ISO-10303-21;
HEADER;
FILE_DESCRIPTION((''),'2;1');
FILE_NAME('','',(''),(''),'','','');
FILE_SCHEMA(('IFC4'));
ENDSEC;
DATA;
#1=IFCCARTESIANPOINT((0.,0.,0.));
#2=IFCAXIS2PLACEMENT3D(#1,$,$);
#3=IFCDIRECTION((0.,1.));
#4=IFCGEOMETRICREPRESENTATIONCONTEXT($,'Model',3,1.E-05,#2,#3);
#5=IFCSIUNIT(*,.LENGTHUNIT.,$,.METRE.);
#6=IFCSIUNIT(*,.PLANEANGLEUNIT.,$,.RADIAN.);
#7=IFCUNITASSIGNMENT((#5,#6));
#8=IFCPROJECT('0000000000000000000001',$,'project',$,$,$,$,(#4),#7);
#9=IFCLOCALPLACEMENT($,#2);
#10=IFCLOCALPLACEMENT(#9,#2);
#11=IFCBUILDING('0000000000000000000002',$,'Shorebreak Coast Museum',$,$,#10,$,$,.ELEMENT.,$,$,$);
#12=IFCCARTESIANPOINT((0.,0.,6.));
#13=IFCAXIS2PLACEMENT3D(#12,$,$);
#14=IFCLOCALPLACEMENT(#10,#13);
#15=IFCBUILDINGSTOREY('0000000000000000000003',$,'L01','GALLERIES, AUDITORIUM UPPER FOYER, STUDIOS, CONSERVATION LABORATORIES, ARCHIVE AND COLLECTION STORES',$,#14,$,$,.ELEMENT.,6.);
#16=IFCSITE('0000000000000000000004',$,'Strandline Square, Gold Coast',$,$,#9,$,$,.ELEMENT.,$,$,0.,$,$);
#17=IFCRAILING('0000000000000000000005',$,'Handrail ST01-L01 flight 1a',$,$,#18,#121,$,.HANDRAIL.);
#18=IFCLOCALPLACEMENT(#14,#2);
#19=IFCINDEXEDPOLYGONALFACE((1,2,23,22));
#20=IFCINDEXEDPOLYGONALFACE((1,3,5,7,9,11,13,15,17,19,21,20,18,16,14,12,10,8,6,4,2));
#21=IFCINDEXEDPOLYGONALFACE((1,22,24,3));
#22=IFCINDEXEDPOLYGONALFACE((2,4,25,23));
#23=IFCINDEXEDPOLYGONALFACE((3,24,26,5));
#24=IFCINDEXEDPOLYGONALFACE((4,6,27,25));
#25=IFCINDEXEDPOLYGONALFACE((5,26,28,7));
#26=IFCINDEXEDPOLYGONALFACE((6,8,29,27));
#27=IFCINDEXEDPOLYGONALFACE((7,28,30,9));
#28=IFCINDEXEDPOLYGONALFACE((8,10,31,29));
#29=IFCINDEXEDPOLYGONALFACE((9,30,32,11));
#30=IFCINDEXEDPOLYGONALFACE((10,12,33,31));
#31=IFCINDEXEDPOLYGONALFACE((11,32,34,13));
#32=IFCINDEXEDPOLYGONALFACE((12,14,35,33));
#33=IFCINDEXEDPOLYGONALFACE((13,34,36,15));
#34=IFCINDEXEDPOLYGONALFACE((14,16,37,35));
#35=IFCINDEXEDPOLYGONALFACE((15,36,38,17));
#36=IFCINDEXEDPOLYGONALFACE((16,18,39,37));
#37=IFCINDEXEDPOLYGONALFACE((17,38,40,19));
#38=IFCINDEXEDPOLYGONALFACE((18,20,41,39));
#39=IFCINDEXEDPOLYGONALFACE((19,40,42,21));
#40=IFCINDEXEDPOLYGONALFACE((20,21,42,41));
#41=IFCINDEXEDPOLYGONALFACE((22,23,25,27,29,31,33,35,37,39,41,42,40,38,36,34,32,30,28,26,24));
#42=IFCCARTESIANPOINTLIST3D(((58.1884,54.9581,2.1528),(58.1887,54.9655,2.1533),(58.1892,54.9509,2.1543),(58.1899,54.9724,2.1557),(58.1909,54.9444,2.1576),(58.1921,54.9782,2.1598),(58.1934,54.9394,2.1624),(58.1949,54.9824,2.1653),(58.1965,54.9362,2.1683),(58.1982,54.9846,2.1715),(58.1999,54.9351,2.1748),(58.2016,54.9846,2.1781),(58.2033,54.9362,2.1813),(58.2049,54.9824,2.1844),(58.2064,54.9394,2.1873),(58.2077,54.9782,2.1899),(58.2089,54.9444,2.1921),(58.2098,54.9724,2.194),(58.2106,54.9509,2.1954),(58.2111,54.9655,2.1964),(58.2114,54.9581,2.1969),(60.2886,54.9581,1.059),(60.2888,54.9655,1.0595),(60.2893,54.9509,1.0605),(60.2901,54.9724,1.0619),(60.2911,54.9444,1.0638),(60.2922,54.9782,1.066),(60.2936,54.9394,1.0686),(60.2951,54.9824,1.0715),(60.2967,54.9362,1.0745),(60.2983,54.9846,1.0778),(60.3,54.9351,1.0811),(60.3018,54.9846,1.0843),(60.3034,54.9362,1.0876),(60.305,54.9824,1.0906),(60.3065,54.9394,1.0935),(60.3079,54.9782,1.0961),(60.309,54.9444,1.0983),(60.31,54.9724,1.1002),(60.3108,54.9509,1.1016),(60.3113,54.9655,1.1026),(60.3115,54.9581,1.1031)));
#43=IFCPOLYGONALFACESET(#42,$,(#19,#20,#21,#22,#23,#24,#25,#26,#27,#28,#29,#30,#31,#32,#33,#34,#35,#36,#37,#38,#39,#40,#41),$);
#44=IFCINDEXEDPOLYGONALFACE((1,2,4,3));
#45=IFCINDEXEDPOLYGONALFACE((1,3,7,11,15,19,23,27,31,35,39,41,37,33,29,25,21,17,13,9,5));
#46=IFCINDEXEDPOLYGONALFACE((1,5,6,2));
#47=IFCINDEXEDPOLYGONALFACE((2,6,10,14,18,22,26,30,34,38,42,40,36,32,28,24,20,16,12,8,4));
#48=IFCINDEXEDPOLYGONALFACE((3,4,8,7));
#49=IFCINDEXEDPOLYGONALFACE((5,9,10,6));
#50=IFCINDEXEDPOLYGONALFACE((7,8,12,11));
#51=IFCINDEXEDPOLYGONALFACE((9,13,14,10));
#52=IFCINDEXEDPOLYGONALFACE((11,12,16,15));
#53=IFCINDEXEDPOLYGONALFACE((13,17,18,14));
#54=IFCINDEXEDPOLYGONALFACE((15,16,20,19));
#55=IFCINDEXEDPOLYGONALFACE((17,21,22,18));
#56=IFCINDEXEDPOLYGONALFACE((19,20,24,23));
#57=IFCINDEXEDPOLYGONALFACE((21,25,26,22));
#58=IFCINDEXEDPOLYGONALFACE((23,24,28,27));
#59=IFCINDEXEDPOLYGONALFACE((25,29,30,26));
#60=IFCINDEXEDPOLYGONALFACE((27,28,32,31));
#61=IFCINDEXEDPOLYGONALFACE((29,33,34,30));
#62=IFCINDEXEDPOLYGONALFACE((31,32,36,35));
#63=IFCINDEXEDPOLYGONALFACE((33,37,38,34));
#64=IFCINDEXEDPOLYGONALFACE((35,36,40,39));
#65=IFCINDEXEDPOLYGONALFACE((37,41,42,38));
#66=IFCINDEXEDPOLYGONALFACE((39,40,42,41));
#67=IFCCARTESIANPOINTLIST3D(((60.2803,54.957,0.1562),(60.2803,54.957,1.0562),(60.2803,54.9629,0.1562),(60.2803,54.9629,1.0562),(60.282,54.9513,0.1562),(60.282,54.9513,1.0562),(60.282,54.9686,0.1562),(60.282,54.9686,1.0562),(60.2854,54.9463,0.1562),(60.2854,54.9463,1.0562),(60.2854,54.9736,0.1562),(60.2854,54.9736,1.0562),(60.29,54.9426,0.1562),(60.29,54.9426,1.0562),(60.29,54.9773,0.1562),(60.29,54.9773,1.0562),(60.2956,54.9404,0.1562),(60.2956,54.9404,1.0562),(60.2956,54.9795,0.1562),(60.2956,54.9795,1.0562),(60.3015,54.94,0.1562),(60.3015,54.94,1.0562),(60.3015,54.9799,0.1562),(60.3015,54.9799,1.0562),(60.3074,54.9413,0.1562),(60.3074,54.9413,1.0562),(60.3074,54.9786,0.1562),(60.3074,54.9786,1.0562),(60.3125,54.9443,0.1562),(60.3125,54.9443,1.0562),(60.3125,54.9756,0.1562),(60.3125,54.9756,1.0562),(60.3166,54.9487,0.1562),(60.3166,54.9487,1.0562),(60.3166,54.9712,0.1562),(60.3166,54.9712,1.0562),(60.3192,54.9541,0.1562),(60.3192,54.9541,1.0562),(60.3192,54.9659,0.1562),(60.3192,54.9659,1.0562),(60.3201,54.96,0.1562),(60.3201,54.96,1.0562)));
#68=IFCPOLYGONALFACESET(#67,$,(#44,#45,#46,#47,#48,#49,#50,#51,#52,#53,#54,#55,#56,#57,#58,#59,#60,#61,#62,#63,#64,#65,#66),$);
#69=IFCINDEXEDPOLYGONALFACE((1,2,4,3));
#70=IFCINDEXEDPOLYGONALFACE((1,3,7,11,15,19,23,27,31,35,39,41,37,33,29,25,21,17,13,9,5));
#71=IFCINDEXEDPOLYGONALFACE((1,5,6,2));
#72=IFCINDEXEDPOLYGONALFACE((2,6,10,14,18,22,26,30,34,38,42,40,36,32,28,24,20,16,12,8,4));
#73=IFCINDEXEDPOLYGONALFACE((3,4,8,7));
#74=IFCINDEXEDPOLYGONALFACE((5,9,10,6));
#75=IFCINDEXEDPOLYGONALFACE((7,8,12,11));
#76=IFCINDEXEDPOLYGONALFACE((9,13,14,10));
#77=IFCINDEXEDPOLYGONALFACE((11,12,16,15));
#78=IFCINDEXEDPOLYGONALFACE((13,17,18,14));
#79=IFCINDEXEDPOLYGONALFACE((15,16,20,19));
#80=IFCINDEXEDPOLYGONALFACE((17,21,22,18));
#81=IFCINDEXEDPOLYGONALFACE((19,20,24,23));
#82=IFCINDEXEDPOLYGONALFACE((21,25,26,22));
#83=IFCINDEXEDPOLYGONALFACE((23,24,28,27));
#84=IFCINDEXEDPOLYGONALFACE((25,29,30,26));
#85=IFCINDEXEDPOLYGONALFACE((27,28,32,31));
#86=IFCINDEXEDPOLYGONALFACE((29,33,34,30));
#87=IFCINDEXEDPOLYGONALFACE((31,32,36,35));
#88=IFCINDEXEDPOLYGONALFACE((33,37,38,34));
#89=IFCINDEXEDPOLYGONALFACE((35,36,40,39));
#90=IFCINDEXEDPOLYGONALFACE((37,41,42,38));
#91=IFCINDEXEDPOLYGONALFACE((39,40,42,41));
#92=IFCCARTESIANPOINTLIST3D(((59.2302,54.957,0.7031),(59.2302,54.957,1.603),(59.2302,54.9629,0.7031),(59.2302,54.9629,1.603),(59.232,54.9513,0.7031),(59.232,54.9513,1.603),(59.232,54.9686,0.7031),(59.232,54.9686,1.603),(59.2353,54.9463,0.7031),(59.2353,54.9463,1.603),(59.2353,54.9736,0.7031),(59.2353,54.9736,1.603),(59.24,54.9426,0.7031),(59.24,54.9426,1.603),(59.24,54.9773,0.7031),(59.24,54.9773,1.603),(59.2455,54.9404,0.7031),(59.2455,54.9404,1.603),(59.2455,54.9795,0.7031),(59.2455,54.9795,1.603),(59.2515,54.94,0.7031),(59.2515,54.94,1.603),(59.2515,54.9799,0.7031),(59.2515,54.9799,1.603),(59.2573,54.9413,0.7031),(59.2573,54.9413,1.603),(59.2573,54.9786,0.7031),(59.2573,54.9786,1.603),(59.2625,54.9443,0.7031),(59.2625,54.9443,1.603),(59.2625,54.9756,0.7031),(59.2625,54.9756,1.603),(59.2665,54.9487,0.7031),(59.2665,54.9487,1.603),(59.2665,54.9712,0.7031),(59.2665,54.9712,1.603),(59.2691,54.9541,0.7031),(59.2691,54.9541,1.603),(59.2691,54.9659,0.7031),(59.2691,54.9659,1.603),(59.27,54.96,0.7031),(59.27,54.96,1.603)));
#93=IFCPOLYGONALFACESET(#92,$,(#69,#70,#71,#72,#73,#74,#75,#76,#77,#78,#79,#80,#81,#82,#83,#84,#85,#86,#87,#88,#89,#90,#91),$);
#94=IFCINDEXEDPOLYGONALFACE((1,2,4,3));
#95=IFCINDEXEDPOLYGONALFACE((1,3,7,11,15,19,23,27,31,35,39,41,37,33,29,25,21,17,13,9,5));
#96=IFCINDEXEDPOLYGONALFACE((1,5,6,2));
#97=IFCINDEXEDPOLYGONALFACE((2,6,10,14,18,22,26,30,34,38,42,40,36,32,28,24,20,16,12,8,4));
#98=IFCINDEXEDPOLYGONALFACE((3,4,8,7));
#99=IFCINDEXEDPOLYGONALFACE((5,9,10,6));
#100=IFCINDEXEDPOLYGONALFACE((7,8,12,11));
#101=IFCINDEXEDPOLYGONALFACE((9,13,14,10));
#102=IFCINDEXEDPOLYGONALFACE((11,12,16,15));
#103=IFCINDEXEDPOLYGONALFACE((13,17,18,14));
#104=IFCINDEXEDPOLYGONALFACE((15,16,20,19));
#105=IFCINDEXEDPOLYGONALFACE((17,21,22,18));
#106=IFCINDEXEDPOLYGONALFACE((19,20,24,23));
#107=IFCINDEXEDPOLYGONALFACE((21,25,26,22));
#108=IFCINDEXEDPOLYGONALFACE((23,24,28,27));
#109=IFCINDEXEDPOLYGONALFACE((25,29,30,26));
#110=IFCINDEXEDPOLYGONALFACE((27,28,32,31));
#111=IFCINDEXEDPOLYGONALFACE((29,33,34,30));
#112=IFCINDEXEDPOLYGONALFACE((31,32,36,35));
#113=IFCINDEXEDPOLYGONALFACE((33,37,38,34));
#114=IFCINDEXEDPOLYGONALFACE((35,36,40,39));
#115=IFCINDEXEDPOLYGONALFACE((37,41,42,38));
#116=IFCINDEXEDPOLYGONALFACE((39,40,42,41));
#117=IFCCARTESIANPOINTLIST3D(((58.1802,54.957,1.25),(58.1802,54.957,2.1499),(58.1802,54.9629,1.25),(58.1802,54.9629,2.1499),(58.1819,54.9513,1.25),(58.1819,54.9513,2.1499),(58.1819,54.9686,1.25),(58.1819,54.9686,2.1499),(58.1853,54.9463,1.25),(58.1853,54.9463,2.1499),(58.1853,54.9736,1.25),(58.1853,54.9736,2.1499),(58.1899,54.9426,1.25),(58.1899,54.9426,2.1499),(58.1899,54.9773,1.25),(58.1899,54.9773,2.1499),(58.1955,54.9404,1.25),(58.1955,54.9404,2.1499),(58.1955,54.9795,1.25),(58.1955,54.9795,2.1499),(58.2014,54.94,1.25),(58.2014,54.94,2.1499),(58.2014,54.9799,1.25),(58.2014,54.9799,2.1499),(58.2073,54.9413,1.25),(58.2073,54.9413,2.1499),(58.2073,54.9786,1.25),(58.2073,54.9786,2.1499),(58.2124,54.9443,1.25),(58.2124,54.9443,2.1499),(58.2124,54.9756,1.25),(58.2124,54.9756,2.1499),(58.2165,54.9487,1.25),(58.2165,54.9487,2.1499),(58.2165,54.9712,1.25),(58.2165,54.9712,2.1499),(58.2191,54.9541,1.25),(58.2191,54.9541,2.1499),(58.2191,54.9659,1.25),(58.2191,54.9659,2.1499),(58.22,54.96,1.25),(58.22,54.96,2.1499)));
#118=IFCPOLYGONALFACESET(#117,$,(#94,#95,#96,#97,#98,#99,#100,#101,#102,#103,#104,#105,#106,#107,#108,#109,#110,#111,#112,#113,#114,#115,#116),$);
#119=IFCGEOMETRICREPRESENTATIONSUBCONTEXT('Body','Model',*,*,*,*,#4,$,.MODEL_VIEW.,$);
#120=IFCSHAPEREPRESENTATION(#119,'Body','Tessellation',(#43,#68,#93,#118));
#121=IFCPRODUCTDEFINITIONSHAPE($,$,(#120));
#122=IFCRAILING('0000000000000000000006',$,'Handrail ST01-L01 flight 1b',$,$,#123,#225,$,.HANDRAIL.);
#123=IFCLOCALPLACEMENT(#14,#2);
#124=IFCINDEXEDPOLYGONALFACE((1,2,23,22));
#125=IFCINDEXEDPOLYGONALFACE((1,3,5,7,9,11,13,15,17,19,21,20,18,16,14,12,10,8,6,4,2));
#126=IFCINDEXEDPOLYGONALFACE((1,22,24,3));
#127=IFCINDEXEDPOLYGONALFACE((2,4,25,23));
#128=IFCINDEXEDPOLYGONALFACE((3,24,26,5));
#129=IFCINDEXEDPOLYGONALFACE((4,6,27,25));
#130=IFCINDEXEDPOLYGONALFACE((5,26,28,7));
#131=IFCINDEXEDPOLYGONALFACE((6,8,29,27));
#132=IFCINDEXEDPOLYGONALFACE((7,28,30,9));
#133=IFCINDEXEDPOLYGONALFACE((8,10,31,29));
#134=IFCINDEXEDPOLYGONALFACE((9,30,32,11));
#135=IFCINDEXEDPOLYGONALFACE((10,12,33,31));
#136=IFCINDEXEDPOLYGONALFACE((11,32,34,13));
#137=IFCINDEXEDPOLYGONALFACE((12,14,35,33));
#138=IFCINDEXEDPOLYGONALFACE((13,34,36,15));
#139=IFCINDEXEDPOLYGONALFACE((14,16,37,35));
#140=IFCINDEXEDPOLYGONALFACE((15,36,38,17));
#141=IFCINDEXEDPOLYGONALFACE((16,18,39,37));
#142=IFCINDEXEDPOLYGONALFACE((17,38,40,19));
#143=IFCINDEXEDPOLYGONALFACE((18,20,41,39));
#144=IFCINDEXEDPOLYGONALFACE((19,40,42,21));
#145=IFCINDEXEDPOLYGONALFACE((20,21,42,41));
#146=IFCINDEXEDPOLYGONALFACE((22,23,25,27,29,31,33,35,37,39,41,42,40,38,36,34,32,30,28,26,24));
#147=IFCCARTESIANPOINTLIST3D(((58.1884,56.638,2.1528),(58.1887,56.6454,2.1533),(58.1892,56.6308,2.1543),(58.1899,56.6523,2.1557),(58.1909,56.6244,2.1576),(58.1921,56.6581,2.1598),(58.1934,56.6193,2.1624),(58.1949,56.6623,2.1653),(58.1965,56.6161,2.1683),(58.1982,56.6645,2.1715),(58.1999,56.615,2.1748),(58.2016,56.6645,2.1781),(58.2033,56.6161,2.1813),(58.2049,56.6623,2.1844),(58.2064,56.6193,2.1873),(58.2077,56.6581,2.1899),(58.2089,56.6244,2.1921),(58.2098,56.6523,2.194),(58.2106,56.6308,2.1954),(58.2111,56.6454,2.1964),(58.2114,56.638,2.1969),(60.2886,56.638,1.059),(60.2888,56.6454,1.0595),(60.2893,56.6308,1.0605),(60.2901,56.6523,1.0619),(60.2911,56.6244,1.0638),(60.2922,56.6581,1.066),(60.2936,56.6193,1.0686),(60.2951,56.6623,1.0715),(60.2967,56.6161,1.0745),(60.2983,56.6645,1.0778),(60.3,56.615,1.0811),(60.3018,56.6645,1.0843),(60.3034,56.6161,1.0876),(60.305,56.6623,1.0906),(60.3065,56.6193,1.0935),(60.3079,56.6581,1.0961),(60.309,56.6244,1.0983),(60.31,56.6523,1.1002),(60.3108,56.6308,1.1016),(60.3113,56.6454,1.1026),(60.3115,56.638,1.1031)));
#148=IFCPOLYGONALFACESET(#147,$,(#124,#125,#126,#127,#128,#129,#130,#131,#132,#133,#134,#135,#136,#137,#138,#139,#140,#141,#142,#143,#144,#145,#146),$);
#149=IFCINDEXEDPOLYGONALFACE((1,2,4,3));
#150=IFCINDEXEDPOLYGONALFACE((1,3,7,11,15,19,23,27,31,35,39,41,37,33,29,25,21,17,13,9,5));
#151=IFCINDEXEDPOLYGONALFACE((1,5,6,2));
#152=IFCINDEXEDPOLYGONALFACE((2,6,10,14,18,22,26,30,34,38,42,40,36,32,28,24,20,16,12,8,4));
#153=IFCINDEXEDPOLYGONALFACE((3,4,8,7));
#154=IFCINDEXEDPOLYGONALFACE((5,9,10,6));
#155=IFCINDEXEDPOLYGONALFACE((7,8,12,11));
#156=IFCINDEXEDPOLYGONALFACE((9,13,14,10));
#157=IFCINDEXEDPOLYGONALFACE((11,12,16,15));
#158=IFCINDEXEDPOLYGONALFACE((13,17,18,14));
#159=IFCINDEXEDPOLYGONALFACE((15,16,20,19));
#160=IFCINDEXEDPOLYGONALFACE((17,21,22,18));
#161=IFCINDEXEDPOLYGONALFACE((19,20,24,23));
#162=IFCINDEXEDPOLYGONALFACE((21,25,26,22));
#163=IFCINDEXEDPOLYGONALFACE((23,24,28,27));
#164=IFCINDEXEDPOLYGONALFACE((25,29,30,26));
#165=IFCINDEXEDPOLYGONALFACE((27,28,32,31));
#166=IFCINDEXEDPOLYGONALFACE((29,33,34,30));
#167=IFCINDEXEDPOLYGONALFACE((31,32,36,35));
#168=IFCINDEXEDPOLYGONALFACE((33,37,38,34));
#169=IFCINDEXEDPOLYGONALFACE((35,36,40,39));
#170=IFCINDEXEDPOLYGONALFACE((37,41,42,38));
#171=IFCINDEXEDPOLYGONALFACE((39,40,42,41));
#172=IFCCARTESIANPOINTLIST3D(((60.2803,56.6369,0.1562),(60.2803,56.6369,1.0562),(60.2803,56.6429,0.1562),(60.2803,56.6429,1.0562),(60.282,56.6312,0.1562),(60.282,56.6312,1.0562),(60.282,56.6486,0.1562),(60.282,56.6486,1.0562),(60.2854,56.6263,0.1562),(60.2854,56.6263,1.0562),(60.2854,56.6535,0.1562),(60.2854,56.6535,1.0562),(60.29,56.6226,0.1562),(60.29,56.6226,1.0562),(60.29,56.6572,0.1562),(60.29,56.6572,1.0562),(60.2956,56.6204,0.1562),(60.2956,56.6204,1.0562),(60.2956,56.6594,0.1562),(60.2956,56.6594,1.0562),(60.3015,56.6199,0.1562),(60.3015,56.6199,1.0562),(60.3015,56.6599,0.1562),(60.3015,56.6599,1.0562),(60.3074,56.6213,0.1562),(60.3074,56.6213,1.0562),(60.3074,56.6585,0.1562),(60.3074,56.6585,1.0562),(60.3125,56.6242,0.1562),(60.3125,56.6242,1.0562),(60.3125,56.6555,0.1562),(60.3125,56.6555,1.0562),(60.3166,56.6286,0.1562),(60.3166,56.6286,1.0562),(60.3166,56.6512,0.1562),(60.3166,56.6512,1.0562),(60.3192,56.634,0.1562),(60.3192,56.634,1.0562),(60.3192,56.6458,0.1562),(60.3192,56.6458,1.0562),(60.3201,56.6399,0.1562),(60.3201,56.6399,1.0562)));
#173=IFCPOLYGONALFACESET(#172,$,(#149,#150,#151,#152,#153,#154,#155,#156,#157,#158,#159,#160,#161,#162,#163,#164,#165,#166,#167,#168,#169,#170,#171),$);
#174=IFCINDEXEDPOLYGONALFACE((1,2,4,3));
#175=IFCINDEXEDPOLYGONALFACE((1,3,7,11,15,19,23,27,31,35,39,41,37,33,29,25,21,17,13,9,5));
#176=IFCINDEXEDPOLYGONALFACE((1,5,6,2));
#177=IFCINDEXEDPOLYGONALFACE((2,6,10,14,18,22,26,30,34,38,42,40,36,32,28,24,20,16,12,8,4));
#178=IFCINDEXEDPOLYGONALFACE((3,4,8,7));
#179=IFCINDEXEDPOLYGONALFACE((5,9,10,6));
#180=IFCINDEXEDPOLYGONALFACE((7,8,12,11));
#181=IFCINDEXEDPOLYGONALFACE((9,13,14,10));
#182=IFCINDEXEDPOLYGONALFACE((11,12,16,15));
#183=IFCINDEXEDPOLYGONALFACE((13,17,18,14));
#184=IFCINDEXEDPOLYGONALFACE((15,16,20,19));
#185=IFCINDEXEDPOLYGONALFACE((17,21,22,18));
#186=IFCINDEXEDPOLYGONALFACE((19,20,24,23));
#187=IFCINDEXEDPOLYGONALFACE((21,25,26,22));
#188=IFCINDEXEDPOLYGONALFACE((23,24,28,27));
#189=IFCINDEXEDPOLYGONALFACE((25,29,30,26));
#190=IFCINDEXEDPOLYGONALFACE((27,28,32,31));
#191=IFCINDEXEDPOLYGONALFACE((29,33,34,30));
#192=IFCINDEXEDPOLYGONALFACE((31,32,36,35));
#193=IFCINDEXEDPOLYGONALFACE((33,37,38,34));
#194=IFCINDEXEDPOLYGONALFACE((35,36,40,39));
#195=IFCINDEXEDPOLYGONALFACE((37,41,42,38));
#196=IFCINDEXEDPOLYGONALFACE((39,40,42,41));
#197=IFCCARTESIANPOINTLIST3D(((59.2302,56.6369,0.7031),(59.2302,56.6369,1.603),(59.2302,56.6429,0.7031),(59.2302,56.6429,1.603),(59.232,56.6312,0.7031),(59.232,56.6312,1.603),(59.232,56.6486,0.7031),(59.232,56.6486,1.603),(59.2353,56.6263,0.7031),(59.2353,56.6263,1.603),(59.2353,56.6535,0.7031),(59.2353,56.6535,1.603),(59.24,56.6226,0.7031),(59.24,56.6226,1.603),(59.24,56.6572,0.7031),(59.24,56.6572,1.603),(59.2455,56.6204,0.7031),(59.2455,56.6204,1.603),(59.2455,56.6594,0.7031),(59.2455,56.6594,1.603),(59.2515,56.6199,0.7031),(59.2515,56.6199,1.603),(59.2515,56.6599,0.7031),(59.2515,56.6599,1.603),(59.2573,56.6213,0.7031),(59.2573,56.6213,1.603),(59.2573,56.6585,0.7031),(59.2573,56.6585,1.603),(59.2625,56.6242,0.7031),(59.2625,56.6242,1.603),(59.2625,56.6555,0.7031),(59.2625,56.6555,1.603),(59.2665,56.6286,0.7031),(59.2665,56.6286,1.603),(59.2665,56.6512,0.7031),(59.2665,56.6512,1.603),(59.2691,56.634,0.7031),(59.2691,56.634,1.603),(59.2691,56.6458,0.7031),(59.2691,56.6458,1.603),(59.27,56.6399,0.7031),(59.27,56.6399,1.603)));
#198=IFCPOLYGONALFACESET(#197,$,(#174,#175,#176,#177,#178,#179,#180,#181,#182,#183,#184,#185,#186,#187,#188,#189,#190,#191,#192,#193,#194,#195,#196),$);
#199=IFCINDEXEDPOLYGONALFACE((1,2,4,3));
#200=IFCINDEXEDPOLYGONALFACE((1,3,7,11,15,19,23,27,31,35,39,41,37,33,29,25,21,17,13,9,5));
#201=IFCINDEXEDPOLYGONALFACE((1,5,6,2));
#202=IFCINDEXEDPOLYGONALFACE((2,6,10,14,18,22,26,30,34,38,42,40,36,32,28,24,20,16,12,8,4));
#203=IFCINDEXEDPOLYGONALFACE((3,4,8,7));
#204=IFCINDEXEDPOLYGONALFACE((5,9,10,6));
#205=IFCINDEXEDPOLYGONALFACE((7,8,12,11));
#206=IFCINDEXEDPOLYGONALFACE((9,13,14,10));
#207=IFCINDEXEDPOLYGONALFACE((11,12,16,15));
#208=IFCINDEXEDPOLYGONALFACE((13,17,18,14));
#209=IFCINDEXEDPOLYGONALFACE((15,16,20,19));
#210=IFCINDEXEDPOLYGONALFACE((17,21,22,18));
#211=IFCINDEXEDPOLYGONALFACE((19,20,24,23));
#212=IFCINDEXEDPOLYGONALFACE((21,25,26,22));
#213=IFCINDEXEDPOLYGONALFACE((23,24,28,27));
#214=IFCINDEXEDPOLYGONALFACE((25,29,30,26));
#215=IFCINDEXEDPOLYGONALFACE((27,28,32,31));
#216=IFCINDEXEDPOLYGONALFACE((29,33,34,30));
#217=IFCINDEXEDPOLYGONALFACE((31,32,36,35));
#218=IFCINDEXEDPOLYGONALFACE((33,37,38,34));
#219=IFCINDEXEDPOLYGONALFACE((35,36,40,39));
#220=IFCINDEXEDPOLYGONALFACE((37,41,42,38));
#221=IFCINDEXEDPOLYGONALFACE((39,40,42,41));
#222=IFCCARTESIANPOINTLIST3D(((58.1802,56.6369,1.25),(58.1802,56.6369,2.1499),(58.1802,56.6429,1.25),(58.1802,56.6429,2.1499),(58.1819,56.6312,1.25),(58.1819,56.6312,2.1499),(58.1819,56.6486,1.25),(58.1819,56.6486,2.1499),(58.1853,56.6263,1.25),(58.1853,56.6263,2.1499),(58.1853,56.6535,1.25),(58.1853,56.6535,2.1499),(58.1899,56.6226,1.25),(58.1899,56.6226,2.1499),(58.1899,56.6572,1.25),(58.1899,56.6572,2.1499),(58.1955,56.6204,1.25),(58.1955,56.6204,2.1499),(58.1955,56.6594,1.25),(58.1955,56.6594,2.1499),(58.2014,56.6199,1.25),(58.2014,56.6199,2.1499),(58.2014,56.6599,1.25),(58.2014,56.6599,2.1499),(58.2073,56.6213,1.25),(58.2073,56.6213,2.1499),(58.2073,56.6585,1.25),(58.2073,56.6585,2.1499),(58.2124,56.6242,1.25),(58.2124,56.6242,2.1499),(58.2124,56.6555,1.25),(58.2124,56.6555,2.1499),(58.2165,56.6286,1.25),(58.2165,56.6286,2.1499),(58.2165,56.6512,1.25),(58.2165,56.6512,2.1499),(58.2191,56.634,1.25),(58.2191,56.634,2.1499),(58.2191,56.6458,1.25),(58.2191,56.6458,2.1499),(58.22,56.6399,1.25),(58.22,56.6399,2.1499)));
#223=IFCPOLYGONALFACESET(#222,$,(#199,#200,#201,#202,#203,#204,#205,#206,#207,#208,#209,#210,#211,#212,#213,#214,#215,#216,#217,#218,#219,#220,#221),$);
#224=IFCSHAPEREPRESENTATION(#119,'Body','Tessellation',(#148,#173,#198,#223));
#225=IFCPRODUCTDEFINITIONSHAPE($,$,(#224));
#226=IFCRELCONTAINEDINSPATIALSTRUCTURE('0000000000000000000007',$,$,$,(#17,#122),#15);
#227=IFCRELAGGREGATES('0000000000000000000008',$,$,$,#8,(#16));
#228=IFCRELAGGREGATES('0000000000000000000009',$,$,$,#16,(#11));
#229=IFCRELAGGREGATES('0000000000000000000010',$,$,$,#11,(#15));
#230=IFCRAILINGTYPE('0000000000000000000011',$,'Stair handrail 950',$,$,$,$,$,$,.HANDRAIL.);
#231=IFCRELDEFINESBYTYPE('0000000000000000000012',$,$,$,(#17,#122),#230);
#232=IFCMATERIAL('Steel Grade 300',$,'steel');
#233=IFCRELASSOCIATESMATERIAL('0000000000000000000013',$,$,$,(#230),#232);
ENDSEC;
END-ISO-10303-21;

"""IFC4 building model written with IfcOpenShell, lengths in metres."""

from ifc_helpers import new_model, si_unit, direction, frame, origin, origin_2d, place, context, subcontext, project, spatial, circle, extrude, material, type_object, element, save


model = new_model("IFC4")

# Units and contexts
model_context = context("Model", 3, precision=1e-05, world=origin(), true_north=direction((0.0, 1.0)))
body_context = subcontext(model_context, "Body", "Model", "MODEL_VIEW")
ifc_project = project(units=[si_unit("LENGTHUNIT", "METRE"), si_unit("PLANEANGLEUNIT", "RADIAN")], contexts=[model_context])

# Site, building, storey
site_placement = place(None, origin())
site = spatial("IfcSite", under=ifc_project, at=site_placement, Name="Strandline Square, Gold Coast", CompositionType="ELEMENT", RefElevation=0.0)
building_placement = place(site_placement, origin())
building = spatial("IfcBuilding", under=site, at=building_placement, Name="Shorebreak Coast Museum", CompositionType="ELEMENT")
storey_placement = place(building_placement, frame((0.0, 0.0, 6.0)))
storey = spatial("IfcBuildingStorey", under=building, at=storey_placement, Name="L01", Description="GALLERIES, AUDITORIUM UPPER FOYER, STUDIOS, CONSERVATION LABORATORIES, ARCHIVE AND COLLECTION STORES", CompositionType="ELEMENT", Elevation=6.0)

# Railings
ifc_material_1 = material(Name="Steel Grade 300", Category="steel")
railing_type_1 = type_object("IfcRailingType", Name="Stair handrail 950", PredefinedType="HANDRAIL", material=ifc_material_1)
for number, where, name in (
    (1, (60.3, 54.96, 0.1562), "Handrail ST01-L01 flight 1a"),
    (2, (60.3, 56.6399, 0.1562), "Handrail ST01-L01 flight 1b"),
):
    element("IfcRailing", number, at=place(storey_placement, frame(where)), inside=storey, type_object=railing_type_1, Name=name, PredefinedType="HANDRAIL", context=body_context, shape_type="SweptSolid", body=[
        extrude(circle(Radius=0.0249, at=origin_2d()), frame((0.0, 0.0, 0.9248), z_axis=(-0.886923, 0.0, 0.461918), x_axis=(0.0, -1.0, 0.0)), (0.0, 0.0, 1.0), 2.3679),
        extrude(circle(Radius=0.02, at=origin_2d()), origin(), (0.0, 0.0, 1.0), 0.8999),
        extrude(circle(Radius=0.02, at=origin_2d()), frame((-1.05, 0.0, 0.5469)), (0.0, 0.0, 1.0), 0.8999),
        extrude(circle(Radius=0.02, at=origin_2d()), frame((-2.1001, 0.0, 1.0938)), (0.0, 0.0, 1.0), 0.8999),
    ])

save(model, "model.ifc")
